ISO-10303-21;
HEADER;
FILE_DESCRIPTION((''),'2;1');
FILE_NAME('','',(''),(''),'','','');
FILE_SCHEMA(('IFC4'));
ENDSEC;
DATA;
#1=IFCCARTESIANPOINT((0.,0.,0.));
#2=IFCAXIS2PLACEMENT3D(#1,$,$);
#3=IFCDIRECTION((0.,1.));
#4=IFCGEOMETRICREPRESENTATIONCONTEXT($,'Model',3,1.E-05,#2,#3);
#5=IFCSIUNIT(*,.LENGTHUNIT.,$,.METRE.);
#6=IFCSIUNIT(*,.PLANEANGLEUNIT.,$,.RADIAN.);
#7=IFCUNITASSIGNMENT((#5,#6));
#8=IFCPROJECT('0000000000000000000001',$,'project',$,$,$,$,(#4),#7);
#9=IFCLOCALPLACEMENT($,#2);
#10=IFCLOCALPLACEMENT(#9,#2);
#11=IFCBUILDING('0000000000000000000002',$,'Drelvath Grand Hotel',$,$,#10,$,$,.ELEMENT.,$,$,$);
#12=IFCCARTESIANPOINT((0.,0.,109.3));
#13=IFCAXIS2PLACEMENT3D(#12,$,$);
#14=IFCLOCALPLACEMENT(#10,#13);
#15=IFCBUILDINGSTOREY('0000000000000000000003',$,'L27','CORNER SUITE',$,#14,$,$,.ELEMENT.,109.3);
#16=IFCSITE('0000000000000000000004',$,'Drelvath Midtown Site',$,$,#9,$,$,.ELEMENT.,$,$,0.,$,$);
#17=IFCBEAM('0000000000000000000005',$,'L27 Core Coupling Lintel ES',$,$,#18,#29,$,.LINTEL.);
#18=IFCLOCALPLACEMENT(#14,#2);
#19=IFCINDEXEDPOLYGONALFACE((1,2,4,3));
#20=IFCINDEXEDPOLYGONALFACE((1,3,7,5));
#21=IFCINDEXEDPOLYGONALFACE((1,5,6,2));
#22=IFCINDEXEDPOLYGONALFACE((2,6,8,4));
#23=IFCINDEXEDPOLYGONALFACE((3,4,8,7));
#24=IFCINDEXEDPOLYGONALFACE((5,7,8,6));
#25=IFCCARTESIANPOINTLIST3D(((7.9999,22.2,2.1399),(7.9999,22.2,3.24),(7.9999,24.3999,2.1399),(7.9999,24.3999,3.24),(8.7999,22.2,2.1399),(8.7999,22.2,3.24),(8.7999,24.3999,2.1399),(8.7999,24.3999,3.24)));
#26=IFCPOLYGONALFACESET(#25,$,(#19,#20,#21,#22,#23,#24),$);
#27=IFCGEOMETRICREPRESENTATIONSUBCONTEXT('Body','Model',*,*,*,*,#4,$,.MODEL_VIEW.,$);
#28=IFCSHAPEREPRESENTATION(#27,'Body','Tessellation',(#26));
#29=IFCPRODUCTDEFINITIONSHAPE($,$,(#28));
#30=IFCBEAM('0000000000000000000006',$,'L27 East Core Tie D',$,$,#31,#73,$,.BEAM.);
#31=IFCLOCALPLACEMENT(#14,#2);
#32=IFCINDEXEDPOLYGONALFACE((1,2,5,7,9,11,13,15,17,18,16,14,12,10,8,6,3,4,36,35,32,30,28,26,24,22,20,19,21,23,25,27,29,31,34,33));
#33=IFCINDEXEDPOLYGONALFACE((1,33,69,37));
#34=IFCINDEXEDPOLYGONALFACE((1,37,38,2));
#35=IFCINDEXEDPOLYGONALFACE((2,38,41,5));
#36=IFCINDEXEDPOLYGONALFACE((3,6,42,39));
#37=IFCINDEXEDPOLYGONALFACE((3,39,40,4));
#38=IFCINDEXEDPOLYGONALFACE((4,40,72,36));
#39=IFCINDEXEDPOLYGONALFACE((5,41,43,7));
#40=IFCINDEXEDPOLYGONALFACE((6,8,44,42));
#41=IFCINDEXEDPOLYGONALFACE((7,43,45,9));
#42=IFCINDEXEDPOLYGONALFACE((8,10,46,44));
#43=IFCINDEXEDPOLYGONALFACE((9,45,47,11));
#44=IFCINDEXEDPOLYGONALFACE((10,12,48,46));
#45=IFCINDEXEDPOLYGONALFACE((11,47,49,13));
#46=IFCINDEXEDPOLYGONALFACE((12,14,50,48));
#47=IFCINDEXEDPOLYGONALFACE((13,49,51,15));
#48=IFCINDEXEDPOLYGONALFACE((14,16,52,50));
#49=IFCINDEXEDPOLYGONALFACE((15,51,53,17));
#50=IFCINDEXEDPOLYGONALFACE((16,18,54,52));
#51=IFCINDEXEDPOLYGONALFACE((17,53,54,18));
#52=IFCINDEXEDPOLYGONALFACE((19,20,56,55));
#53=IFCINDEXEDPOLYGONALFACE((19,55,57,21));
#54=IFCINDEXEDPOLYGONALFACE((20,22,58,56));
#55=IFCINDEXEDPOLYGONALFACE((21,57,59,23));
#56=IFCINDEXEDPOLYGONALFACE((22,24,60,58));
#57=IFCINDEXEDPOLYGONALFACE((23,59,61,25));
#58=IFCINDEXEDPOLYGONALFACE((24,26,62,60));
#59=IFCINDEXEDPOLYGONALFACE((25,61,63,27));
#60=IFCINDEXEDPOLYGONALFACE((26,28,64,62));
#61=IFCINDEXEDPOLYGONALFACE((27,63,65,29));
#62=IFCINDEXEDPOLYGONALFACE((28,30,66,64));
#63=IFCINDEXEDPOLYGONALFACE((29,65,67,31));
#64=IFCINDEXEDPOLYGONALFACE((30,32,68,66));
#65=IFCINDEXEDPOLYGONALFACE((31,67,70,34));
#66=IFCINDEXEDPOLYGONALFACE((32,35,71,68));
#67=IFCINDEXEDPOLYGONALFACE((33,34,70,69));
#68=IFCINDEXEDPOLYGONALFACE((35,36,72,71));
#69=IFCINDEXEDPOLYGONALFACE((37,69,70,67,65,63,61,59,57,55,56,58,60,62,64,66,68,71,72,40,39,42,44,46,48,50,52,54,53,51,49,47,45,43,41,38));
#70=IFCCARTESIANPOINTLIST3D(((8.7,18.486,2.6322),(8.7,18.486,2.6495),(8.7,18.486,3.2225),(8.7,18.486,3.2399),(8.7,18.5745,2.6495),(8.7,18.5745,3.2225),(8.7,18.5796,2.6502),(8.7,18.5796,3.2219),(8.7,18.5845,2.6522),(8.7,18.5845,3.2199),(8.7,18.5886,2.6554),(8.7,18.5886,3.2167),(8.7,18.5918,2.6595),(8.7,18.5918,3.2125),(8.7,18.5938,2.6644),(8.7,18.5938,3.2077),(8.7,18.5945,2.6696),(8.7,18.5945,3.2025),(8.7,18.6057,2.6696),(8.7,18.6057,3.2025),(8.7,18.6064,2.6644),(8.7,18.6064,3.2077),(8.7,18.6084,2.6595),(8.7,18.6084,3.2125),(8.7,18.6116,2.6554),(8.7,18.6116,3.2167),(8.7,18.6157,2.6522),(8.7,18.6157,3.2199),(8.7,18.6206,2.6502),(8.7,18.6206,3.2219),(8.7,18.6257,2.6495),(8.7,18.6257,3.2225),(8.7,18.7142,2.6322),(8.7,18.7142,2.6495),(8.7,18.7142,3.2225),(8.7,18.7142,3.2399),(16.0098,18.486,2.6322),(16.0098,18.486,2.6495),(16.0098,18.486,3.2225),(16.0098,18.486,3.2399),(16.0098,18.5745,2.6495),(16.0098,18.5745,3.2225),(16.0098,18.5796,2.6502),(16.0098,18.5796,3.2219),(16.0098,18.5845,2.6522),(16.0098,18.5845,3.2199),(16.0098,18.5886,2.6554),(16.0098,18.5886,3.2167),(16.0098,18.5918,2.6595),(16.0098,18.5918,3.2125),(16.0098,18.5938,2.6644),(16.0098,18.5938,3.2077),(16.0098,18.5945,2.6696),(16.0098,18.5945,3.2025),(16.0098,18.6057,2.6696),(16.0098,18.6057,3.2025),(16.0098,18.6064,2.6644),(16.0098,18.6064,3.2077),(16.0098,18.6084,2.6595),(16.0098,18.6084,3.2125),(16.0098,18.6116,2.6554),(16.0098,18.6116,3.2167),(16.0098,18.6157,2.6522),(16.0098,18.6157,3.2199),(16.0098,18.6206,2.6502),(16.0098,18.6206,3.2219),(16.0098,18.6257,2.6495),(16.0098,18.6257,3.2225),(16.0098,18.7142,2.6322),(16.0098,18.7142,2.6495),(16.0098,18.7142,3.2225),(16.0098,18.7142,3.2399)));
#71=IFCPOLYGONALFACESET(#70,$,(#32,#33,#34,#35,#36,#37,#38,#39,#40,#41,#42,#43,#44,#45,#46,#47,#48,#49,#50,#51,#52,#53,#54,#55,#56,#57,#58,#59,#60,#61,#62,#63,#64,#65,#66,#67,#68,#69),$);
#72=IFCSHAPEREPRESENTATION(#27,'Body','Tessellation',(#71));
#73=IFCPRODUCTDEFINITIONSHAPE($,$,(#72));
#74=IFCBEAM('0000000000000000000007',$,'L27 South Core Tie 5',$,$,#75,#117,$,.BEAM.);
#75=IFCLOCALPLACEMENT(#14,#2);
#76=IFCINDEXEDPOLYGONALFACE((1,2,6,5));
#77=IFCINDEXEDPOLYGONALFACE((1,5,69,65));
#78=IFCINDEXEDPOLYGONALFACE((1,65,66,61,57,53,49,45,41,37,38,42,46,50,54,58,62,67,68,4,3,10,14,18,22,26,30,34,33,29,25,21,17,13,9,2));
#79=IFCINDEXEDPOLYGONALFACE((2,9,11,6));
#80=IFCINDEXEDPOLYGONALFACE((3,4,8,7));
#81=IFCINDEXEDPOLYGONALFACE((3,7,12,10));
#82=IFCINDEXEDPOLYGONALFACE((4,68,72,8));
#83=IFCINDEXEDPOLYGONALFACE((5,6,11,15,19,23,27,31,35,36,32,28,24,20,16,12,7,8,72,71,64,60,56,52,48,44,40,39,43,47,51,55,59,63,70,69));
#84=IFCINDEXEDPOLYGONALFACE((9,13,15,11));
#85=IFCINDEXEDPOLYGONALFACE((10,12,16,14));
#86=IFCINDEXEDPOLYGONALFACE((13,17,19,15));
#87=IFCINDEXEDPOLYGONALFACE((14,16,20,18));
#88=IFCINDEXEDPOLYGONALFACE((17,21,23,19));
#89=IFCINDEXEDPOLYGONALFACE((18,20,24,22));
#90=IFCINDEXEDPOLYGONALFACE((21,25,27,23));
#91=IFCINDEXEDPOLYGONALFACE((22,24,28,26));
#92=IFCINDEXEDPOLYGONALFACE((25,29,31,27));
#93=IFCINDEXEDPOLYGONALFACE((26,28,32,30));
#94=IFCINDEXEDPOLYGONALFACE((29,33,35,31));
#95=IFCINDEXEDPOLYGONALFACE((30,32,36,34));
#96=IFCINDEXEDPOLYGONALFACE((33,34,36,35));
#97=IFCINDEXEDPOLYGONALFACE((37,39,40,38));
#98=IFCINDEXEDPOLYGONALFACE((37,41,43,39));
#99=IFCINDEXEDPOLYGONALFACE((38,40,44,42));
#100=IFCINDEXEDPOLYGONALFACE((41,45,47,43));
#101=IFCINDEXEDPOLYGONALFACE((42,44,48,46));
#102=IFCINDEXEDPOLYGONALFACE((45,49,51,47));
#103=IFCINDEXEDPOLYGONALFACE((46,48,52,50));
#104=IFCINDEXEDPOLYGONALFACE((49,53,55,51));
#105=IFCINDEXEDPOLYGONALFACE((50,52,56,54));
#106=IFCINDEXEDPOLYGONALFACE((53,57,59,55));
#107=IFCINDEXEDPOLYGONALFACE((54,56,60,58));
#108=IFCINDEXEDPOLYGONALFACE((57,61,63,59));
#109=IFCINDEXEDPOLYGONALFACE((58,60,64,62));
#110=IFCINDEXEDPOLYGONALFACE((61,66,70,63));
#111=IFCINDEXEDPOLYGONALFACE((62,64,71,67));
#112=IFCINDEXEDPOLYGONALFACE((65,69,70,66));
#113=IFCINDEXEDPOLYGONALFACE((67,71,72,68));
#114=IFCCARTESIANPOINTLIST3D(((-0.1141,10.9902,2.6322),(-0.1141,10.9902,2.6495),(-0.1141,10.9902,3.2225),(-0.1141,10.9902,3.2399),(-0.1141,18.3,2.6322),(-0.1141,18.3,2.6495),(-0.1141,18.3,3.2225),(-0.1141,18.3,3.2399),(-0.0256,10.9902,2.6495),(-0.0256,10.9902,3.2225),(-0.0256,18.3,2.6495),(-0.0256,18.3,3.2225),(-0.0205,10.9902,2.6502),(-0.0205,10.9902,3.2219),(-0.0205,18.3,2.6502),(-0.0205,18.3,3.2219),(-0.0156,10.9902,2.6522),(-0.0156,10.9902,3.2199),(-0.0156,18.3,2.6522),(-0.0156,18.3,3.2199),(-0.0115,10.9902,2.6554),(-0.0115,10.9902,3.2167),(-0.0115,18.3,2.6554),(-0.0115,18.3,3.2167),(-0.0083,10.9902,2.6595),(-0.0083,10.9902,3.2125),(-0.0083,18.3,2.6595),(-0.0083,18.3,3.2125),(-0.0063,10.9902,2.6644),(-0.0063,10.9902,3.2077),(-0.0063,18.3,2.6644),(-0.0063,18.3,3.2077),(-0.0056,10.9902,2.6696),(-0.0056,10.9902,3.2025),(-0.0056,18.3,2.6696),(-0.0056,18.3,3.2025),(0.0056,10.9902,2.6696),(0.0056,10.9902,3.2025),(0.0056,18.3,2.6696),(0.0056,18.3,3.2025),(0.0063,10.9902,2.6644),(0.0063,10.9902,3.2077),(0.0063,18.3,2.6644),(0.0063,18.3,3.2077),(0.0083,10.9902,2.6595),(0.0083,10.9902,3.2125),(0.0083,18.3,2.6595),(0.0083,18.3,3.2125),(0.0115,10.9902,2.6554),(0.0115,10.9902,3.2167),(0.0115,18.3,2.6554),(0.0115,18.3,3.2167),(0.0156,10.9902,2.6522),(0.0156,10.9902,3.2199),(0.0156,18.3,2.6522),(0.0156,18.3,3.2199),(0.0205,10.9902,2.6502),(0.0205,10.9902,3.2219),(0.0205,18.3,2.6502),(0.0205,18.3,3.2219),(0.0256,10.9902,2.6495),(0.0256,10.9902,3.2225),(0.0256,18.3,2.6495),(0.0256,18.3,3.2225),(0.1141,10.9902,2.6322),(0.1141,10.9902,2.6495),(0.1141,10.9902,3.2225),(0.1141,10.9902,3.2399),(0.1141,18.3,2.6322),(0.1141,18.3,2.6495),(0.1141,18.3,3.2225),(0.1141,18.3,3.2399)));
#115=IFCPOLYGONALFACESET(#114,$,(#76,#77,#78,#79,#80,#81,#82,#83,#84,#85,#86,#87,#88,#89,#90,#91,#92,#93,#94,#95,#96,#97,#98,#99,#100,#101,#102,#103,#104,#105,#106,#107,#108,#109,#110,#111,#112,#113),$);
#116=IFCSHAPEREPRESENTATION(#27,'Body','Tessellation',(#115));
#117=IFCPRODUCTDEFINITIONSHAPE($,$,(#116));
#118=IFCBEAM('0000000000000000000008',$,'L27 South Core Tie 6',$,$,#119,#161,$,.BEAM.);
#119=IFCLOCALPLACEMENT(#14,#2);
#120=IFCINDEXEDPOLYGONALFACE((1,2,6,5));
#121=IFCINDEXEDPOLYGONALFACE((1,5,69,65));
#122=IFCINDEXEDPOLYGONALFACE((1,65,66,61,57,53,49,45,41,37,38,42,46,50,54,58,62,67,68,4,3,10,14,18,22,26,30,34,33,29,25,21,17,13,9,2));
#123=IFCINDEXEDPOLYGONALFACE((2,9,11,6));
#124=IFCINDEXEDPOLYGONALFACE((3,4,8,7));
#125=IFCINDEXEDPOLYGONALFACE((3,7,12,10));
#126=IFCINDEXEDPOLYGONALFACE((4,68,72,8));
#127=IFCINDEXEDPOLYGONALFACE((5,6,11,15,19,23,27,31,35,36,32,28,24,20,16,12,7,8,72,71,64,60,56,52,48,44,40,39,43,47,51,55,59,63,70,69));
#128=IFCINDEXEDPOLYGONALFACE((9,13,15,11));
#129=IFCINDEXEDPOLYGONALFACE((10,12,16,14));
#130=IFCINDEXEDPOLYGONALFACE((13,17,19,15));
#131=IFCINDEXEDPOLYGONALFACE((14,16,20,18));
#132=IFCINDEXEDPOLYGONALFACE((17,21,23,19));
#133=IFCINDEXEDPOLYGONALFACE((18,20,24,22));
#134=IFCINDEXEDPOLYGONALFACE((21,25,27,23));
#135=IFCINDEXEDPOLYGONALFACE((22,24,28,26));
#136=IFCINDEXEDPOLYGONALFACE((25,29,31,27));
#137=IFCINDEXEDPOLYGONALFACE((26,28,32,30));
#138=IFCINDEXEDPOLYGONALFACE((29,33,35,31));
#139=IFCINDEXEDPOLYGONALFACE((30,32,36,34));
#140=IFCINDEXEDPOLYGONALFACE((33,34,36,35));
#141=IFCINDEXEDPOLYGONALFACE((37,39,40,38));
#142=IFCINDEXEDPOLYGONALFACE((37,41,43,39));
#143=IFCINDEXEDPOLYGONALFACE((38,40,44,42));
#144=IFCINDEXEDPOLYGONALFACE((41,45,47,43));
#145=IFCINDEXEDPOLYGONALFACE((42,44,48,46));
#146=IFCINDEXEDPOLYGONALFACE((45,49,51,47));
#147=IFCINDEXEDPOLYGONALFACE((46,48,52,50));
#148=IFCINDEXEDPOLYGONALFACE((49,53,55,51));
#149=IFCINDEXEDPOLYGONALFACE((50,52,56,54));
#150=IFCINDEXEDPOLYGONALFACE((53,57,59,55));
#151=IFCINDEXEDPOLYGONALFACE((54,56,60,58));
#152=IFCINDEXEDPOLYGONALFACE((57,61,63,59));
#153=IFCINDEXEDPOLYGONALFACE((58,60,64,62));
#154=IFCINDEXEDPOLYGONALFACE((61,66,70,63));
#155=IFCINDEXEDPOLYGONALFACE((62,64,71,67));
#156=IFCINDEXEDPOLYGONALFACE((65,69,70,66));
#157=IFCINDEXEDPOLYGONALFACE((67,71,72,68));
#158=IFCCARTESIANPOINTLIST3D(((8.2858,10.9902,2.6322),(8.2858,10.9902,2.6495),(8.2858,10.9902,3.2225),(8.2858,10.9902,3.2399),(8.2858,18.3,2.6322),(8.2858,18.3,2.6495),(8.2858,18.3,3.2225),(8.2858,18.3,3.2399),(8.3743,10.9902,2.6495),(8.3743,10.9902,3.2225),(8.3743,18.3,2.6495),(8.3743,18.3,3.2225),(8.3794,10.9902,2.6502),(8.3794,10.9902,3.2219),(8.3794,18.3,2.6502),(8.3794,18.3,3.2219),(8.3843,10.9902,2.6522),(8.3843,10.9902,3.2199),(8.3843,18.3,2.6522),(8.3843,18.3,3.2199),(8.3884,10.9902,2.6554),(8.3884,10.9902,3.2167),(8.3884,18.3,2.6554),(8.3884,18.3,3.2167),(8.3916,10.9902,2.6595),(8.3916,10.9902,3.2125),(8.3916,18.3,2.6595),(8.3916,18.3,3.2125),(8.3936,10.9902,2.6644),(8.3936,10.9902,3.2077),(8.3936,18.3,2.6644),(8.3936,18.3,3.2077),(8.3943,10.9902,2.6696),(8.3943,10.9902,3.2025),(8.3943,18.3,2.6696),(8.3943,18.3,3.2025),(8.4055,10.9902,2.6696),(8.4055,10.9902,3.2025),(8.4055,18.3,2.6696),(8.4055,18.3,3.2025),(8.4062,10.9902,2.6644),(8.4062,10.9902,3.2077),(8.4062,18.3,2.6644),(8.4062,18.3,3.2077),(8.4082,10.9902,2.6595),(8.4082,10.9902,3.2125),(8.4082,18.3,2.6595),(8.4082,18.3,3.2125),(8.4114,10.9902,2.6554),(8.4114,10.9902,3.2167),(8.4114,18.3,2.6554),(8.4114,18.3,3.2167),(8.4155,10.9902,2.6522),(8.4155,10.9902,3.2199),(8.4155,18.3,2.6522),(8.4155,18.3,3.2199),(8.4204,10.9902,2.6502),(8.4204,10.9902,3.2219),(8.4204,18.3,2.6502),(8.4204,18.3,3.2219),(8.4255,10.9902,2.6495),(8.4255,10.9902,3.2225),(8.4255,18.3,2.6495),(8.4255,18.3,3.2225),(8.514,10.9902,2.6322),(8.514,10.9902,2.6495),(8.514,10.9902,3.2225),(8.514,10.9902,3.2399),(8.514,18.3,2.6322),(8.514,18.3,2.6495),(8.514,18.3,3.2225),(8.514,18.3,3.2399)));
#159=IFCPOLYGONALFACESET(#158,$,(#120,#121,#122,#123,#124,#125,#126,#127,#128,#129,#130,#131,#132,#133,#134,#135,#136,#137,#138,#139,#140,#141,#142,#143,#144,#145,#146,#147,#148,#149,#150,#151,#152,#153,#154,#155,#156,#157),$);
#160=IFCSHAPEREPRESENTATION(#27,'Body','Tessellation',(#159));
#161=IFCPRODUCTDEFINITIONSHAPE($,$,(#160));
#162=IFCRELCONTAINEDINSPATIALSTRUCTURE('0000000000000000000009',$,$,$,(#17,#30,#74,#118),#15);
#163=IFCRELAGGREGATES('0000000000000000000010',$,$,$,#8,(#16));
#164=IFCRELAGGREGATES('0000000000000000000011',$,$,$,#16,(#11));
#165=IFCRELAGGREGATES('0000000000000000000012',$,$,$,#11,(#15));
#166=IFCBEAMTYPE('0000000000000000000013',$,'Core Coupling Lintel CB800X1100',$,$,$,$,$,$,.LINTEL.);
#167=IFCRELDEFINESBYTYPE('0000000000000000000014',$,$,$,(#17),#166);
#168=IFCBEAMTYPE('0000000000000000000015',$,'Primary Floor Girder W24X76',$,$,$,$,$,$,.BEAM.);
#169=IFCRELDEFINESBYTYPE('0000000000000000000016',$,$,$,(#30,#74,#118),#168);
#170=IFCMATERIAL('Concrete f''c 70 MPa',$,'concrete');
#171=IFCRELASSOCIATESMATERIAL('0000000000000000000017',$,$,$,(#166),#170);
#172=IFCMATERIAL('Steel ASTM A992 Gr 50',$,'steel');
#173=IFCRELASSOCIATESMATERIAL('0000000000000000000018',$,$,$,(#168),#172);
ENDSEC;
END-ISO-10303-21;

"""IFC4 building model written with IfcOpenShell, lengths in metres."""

from ifc_helpers import new_model, si_unit, direction, frame, origin, origin_2d, place, context, subcontext, project, spatial, rectangle, i_section, extrude, material, material_profile, profile_set, type_object, element, save


model = new_model("IFC4")

# Units and contexts
model_context = context("Model", 3, precision=1e-05, world=origin(), true_north=direction((0.0, 1.0)))
body_context = subcontext(model_context, "Body", "Model", "MODEL_VIEW")
ifc_project = project(units=[si_unit("LENGTHUNIT", "METRE"), si_unit("PLANEANGLEUNIT", "RADIAN")], contexts=[model_context])

# Site, building, storey
site_placement = place(None, origin())
site = spatial("IfcSite", under=ifc_project, at=site_placement, Name="Drelvath Midtown Site", CompositionType="ELEMENT", RefElevation=0.0)
building_placement = place(site_placement, origin())
building = spatial("IfcBuilding", under=site, at=building_placement, Name="Drelvath Grand Hotel", CompositionType="ELEMENT")
storey_placement = place(building_placement, frame((0.0, 0.0, 109.3)))
storey = spatial("IfcBuildingStorey", under=building, at=storey_placement, Name="L27", Description="CORNER SUITE", CompositionType="ELEMENT", Elevation=109.3)

# Beams
ifc_material_1 = material(Name="Concrete f'c 70 MPa", Category="concrete")
ifc_material_profile_1 = material_profile(ifc_material_1, rectangle(XDim=0.8, YDim=1.1001, at=origin_2d()), Name="CB800X1100")
ifc_profile_set_1 = profile_set([ifc_material_profile_1], Name="Concrete f'c 70 MPa")
beam_type_1 = type_object("IfcBeamType", Name="Core Coupling Lintel CB800X1100", PredefinedType="LINTEL", material=ifc_profile_set_1)
beam_placement = place(storey_placement, frame((8.3999, 22.2, 2.6899), z_axis=(0.0, 1.0, 0.0), x_axis=(-1.0, 0.0, 0.0)))
element("IfcBeam", 1, at=beam_placement, inside=storey, type_object=beam_type_1, Name="L27 Core Coupling Lintel ES", PredefinedType="LINTEL", context=body_context, shape_type="SweptSolid", body=[
    extrude(rectangle(XDim=0.8, YDim=1.1001, at=origin_2d()), origin(), (0.0, 0.0, 1.0), 2.2),
])
ifc_material_2 = material(Name="Steel ASTM A992 Gr 50", Category="steel")
ifc_material_profile_2 = material_profile(ifc_material_2, i_section(OverallWidth=0.2283, OverallDepth=0.6077, WebThickness=0.0112, FlangeThickness=0.0173, FilletRadius=0.02, at=origin_2d()), Name="W24X76")
ifc_profile_set_2 = profile_set([ifc_material_profile_2], Name="Steel ASTM A992 Gr 50")
beam_type_2 = type_object("IfcBeamType", Name="Primary Floor Girder W24X76", PredefinedType="BEAM", material=ifc_profile_set_2)
for number, where, z_axis, x_axis, name in (
    (2, (8.7, 18.6001, 2.936), (1.0, 0.0, 0.0), (0.0, 1.0, 0.0), "L27 East Core Tie D"),
    (3, (0.0, 10.9902, 2.936), (0.0, 1.0, 0.0), (-1.0, 0.0, 0.0), "L27 South Core Tie 5"),
    (4, (8.3999, 10.9902, 2.936), (0.0, 1.0, 0.0), (-1.0, 0.0, 0.0), "L27 South Core Tie 6"),
):
    element("IfcBeam", number, at=place(storey_placement, frame(where, z_axis=z_axis, x_axis=x_axis)), inside=storey, type_object=beam_type_2, Name=name, PredefinedType="BEAM", context=body_context, shape_type="SweptSolid", body=[
        extrude(i_section(OverallWidth=0.2283, OverallDepth=0.6077, WebThickness=0.0112, FlangeThickness=0.0173, FilletRadius=0.02, at=origin_2d()), origin(), (0.0, 0.0, 1.0), 7.3098),
    ])

save(model, "model.ifc")
